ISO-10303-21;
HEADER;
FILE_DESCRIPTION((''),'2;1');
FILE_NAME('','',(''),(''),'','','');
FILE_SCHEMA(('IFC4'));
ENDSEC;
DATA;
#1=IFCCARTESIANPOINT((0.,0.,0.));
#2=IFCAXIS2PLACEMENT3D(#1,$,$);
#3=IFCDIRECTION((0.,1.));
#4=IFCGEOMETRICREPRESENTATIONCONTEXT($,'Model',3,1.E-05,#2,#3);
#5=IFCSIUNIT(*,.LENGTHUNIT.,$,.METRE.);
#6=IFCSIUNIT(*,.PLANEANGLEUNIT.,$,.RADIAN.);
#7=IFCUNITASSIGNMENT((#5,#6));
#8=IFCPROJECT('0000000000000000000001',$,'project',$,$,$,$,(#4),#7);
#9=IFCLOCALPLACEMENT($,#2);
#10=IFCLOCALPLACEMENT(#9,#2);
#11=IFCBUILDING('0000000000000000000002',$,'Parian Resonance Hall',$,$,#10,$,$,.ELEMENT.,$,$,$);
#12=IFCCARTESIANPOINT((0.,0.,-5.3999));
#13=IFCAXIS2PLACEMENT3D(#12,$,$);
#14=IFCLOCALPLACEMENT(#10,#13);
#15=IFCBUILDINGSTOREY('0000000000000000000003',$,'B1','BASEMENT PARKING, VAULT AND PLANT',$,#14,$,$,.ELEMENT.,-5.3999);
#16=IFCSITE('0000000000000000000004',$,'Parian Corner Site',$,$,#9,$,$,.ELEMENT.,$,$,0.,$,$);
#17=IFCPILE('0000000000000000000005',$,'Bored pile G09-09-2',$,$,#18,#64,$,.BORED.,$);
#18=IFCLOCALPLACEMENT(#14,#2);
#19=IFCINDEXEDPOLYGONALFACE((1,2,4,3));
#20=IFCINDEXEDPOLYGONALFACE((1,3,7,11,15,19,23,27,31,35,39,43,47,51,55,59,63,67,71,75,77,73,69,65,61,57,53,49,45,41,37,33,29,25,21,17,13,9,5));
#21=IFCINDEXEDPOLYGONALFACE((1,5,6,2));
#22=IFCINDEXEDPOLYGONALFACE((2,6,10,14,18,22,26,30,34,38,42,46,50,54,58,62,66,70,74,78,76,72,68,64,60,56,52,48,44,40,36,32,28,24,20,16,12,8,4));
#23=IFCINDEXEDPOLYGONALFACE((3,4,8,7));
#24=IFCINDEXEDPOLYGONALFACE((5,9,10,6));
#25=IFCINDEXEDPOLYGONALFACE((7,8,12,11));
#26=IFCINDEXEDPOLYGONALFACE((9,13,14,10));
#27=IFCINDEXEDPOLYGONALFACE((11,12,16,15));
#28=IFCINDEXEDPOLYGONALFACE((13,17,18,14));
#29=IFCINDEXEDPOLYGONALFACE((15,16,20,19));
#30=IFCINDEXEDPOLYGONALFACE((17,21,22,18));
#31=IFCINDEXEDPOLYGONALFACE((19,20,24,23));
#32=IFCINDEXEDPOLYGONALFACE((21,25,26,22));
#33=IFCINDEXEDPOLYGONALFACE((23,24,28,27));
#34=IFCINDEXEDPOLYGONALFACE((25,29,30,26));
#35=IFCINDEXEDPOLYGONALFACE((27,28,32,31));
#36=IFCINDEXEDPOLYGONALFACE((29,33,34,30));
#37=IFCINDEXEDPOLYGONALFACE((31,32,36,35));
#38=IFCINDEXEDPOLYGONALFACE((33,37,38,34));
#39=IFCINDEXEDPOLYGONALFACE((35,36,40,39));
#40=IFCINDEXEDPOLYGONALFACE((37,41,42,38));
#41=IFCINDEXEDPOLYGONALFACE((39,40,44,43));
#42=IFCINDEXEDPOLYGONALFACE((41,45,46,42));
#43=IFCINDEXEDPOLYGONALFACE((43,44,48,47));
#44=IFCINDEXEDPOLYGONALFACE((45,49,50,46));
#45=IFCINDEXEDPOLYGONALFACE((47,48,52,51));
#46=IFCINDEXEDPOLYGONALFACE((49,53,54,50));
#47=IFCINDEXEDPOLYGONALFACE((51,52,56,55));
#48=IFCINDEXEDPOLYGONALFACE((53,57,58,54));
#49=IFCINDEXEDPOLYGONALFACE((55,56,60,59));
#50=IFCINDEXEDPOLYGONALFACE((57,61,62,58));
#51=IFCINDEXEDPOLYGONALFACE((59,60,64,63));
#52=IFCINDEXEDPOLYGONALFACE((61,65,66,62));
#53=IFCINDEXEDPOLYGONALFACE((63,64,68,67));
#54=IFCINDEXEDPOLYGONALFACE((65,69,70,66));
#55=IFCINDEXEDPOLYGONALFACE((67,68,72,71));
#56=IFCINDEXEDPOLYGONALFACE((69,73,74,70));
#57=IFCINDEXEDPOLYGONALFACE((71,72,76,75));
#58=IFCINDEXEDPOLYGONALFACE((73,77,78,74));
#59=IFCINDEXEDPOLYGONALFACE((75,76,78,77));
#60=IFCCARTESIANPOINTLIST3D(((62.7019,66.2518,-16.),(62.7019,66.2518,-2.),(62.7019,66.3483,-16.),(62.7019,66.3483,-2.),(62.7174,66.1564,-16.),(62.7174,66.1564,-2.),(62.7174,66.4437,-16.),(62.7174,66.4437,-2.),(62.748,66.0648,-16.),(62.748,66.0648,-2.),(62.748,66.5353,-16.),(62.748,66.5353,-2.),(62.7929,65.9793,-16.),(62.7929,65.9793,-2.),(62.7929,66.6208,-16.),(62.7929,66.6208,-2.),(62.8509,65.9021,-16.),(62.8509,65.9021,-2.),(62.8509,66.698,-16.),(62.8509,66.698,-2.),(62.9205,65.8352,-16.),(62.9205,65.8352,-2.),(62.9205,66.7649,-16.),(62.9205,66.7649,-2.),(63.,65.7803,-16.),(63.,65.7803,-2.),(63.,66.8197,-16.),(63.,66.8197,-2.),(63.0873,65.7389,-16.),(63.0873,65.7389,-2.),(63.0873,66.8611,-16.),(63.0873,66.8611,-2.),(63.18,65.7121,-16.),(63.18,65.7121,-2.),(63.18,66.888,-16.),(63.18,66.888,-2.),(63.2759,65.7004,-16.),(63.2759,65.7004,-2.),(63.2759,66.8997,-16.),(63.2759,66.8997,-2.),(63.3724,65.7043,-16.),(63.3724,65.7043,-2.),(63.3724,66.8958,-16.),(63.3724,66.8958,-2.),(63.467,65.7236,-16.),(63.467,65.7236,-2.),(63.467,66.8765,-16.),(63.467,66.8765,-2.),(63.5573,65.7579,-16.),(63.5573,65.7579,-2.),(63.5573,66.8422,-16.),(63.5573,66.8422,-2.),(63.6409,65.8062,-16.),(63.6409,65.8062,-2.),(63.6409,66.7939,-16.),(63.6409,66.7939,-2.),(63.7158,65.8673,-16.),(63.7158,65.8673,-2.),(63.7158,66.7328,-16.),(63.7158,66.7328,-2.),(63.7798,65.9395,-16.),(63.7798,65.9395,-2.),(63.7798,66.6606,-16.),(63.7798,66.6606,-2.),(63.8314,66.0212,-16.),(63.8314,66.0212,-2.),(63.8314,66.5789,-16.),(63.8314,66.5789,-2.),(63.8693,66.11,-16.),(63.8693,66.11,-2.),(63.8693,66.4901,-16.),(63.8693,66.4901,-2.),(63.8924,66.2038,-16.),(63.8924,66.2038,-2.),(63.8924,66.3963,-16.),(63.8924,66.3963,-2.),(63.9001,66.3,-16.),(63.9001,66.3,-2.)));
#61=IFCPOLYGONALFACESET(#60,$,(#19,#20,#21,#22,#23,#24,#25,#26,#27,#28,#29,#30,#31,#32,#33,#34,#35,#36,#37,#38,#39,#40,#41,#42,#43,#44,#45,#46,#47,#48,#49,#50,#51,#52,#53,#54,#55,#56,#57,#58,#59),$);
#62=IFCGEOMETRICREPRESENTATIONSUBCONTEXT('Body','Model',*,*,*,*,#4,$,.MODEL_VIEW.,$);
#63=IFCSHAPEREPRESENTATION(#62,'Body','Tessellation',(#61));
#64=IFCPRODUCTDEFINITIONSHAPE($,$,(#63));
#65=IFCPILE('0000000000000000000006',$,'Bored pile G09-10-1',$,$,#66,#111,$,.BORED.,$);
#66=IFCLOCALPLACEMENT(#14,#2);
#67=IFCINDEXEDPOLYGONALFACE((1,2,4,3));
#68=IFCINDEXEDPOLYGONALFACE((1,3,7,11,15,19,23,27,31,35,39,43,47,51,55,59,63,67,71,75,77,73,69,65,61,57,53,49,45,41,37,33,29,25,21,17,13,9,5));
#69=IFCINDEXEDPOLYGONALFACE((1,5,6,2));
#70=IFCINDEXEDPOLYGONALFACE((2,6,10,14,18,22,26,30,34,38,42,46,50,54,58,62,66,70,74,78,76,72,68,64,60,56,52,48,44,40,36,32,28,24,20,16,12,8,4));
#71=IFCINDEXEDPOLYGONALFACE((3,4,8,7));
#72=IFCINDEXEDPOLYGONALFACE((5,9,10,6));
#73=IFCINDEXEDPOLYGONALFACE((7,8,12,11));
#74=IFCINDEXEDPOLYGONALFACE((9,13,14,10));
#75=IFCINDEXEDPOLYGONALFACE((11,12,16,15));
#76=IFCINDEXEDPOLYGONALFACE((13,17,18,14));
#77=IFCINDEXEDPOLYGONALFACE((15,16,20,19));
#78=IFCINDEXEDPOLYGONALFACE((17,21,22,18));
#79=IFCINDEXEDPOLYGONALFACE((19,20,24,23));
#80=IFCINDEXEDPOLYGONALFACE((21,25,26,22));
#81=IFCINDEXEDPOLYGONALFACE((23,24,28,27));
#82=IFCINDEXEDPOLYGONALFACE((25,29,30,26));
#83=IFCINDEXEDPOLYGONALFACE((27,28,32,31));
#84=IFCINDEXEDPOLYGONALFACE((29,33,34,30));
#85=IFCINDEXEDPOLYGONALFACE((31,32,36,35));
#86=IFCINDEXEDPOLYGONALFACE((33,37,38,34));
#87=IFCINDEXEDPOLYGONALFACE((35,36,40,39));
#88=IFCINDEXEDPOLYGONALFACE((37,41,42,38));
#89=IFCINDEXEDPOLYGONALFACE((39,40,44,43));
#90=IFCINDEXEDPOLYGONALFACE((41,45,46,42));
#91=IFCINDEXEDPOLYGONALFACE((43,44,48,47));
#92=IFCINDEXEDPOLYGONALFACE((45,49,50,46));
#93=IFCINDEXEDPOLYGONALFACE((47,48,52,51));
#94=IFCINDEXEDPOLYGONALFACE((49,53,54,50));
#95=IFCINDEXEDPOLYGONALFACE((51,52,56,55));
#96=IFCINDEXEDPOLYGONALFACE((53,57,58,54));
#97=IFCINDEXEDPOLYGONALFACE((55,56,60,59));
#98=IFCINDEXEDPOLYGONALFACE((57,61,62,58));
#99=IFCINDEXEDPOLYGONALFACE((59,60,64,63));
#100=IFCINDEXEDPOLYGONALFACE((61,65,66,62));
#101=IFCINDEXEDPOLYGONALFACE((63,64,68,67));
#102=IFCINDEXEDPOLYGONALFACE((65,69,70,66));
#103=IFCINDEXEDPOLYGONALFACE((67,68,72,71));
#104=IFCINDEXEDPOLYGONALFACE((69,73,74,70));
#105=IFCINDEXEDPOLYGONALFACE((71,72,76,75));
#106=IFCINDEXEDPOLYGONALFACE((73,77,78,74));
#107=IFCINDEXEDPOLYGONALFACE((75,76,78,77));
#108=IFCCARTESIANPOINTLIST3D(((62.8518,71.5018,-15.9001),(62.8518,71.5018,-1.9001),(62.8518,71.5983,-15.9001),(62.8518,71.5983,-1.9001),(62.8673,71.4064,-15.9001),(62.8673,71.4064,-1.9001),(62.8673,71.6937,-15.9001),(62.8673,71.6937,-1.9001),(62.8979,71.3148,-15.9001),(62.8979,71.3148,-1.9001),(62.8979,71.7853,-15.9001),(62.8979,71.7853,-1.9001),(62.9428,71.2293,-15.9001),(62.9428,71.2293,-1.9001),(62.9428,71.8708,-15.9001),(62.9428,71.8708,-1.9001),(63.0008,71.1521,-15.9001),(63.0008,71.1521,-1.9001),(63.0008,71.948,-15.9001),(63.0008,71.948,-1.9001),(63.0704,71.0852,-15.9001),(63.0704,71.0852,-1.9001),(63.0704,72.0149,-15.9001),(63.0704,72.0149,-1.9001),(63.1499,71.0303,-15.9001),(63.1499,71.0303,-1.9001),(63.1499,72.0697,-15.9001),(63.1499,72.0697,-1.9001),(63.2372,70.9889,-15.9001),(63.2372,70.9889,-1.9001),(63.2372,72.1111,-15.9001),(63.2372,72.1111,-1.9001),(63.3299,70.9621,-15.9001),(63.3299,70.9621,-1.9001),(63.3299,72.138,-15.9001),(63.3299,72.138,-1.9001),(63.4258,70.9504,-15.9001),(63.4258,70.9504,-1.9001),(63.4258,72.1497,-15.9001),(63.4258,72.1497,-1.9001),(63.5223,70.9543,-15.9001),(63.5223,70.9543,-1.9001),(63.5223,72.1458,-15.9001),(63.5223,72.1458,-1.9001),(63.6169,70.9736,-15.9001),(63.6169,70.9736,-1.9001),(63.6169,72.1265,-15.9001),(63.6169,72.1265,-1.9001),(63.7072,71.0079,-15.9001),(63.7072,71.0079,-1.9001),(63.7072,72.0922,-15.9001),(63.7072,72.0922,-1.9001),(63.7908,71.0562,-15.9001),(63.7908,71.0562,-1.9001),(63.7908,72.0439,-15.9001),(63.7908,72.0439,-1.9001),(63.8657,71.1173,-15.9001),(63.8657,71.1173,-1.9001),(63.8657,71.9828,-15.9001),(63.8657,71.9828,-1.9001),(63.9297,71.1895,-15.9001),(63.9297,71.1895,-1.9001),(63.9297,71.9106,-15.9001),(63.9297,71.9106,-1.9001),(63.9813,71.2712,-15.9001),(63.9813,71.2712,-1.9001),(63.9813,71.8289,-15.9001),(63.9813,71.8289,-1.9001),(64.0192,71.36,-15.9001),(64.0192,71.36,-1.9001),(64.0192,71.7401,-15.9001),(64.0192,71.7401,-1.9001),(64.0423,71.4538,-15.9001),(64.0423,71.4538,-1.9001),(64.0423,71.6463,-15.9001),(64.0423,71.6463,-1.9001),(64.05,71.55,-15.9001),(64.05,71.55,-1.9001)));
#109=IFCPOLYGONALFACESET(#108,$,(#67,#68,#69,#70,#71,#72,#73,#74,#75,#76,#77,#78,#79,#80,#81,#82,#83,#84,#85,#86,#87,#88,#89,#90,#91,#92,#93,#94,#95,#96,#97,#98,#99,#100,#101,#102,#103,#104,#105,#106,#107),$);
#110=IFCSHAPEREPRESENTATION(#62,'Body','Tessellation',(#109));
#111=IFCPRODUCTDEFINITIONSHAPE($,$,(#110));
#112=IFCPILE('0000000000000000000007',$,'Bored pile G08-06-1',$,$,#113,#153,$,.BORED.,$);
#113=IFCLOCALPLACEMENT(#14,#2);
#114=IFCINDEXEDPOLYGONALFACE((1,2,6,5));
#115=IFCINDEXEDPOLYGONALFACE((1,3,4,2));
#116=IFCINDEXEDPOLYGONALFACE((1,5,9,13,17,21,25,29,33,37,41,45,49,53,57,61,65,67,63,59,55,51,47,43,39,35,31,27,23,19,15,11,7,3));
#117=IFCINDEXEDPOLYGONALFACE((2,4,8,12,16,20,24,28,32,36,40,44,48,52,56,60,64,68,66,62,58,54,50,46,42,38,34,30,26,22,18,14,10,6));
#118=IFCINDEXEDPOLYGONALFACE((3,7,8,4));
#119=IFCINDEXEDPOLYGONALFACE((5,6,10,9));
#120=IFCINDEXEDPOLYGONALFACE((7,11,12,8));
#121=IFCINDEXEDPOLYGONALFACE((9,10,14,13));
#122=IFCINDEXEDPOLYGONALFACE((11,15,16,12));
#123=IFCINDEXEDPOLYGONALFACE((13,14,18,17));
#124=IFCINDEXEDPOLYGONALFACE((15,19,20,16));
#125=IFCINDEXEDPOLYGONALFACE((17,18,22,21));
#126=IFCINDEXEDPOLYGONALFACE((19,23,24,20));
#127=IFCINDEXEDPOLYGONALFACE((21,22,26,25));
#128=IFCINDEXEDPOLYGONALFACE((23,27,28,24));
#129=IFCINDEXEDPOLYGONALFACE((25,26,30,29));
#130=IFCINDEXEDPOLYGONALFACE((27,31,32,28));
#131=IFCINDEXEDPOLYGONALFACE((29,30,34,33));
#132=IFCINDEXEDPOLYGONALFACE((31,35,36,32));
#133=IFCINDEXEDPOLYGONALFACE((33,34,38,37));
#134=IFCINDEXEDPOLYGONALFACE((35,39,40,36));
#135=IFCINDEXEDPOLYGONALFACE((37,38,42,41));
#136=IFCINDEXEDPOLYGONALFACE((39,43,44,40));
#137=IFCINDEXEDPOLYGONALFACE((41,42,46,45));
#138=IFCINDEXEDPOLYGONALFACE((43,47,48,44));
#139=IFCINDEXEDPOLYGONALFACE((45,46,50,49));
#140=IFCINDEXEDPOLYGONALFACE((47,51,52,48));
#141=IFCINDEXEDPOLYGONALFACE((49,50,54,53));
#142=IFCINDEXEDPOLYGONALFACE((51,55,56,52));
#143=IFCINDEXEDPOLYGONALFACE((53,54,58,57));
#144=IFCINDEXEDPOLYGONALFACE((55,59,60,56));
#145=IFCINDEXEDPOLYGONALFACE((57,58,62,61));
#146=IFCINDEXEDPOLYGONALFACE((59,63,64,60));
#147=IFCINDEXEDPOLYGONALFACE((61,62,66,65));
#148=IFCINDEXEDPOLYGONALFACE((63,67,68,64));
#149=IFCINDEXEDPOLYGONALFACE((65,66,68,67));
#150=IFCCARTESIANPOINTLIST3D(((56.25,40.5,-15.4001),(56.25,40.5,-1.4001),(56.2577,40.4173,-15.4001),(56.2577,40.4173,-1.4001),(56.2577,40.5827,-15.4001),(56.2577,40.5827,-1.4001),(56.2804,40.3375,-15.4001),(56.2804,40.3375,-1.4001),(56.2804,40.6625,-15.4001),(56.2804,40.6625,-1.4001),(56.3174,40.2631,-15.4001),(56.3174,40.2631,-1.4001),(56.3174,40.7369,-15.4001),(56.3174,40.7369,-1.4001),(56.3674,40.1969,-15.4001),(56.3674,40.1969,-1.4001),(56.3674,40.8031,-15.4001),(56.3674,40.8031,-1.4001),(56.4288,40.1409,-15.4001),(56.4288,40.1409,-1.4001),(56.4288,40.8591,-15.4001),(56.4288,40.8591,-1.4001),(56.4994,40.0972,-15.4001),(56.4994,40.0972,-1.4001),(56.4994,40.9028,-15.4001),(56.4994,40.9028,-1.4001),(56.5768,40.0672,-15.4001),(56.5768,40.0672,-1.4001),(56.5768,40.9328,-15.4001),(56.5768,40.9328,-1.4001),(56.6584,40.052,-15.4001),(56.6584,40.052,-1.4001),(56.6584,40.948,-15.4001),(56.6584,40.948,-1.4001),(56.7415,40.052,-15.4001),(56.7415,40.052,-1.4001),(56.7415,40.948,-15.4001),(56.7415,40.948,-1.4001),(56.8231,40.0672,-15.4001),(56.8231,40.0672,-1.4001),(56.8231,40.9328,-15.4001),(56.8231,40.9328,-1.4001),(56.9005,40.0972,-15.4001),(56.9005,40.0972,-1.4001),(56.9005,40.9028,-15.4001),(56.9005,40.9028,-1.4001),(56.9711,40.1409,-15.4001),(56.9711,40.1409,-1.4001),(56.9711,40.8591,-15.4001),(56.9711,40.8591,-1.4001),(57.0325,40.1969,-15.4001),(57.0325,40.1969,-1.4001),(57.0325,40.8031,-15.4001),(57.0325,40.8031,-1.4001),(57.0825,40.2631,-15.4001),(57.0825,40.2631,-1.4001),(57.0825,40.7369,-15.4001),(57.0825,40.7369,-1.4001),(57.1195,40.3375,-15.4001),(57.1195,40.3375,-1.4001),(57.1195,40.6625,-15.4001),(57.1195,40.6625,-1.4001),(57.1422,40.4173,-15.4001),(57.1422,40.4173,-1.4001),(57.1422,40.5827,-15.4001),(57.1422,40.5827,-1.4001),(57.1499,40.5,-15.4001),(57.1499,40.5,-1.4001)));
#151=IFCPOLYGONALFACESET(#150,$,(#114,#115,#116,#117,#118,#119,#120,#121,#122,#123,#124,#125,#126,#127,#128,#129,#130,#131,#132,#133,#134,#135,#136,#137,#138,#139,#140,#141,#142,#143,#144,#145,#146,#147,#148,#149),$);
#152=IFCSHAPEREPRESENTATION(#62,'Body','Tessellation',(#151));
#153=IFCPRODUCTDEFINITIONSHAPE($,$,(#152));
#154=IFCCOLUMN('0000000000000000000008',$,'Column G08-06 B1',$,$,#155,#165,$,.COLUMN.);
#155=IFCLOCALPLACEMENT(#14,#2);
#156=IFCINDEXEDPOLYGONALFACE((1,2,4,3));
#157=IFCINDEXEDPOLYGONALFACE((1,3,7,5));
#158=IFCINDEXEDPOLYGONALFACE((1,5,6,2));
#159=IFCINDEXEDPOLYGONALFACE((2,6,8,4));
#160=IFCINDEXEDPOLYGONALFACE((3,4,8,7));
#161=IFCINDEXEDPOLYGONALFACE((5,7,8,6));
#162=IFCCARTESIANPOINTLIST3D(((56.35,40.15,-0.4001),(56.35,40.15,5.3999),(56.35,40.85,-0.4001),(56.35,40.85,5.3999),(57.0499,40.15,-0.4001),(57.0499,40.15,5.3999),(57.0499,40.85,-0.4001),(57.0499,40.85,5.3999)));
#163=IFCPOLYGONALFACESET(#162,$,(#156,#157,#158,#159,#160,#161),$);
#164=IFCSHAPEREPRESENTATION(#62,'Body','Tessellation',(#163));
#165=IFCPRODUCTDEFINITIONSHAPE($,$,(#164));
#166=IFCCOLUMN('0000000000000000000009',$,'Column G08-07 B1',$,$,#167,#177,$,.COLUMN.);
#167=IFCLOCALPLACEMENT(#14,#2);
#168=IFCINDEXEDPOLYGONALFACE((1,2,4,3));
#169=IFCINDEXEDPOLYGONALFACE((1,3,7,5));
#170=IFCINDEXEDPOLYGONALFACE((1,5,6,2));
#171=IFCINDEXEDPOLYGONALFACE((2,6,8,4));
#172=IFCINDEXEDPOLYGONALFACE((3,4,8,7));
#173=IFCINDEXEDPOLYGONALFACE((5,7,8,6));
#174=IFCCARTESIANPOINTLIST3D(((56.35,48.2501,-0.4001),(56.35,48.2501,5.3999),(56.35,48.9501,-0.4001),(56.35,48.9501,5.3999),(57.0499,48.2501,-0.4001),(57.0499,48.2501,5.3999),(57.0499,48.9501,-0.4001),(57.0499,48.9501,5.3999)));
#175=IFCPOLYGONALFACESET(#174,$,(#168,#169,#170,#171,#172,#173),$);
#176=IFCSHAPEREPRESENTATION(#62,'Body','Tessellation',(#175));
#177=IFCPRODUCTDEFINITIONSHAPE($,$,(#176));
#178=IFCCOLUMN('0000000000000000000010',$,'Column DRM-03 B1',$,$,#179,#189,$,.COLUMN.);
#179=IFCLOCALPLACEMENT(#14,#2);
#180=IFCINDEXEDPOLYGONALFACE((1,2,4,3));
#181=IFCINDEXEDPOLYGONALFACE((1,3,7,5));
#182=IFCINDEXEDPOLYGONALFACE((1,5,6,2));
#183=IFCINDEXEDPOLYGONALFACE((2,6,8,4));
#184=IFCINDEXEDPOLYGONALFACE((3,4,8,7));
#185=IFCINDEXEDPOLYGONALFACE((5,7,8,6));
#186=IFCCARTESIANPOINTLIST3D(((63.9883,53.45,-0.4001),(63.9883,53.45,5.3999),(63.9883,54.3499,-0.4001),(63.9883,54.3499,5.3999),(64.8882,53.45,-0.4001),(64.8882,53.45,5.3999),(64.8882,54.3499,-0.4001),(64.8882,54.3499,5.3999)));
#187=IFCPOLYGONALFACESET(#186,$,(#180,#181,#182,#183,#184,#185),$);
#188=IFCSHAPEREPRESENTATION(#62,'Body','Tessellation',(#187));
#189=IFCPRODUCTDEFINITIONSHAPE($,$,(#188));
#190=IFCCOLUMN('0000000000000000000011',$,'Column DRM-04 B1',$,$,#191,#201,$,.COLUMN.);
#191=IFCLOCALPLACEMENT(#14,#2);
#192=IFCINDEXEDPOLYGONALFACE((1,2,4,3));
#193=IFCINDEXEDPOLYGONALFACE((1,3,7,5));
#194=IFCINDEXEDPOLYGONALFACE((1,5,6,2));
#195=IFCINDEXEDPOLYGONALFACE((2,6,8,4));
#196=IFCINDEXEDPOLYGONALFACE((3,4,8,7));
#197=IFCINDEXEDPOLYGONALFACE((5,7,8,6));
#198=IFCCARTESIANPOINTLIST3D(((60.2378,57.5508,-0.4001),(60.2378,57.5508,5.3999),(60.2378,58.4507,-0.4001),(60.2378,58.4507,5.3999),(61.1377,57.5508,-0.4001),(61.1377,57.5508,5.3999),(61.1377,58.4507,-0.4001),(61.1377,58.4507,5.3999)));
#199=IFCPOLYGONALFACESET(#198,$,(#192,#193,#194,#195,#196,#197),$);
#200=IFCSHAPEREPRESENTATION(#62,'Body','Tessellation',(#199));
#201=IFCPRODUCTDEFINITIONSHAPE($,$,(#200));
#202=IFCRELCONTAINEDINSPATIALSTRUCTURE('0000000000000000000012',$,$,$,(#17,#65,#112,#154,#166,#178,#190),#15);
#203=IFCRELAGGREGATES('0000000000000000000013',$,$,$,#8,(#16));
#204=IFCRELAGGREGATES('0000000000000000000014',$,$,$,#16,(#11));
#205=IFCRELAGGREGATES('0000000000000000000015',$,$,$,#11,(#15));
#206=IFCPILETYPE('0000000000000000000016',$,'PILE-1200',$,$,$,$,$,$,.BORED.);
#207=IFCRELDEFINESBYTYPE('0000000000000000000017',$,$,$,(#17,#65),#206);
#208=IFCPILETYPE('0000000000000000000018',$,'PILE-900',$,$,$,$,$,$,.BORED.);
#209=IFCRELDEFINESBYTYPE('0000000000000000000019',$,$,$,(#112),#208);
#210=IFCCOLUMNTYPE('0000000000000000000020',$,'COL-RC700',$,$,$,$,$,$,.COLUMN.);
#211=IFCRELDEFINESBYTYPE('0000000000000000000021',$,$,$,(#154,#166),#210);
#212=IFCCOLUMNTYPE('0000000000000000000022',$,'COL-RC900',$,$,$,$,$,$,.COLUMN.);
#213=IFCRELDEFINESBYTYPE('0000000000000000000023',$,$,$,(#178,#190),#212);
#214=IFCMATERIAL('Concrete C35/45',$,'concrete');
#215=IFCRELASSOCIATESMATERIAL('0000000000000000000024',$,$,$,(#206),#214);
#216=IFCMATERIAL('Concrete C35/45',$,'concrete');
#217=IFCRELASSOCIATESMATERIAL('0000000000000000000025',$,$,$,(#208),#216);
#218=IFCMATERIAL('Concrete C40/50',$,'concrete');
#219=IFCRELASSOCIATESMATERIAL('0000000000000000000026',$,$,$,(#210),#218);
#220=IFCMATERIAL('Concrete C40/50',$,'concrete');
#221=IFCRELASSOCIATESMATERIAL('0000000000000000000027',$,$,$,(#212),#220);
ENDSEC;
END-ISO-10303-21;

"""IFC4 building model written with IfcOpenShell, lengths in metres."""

from ifc_helpers import new_model, si_unit, direction, frame, origin, origin_2d, place, context, subcontext, project, spatial, rectangle, circle, extrude, material, material_profile, profile_set, type_object, element, save


model = new_model("IFC4")

# Units and contexts
model_context = context("Model", 3, precision=1e-05, world=origin(), true_north=direction((0.0, 1.0)))
body_context = subcontext(model_context, "Body", "Model", "MODEL_VIEW")
ifc_project = project(units=[si_unit("LENGTHUNIT", "METRE"), si_unit("PLANEANGLEUNIT", "RADIAN")], contexts=[model_context])

# Site, building, storey
site_placement = place(None, origin())
site = spatial("IfcSite", under=ifc_project, at=site_placement, Name="Parian Corner Site", CompositionType="ELEMENT", RefElevation=0.0)
building_placement = place(site_placement, origin())
building = spatial("IfcBuilding", under=site, at=building_placement, Name="Parian Resonance Hall", CompositionType="ELEMENT")
storey_placement = place(building_placement, frame((0.0, 0.0, -5.3999)))
storey = spatial("IfcBuildingStorey", under=building, at=storey_placement, Name="B1", Description="BASEMENT PARKING, VAULT AND PLANT", CompositionType="ELEMENT", Elevation=-5.3999)

# Piles
ifc_material_1 = material(Name="Concrete C35/45", Category="concrete")
ifc_material_profile_1 = material_profile(ifc_material_1, circle(Radius=0.6001, at=origin_2d()), Name="PILE-D1200")
ifc_profile_set_1 = profile_set([ifc_material_profile_1], Name="Concrete C35/45")
pile_type_1 = type_object("IfcPileType", Name="PILE-1200", PredefinedType="BORED", material=ifc_profile_set_1)
for number, where, z_axis, x_axis, name in (
    (1, (63.3, 66.3, -2.0), (0.0, 0.0, -1.0), (1.0, 0.0, 0.0), "Bored pile G09-09-2"),
    (2, (63.45, 71.55, -1.9001), (0.0, 0.0, -1.0), (1.0, 0.0, 0.0), "Bored pile G09-10-1"),
):
    element("IfcPile", number, at=place(storey_placement, frame(where, z_axis=z_axis, x_axis=x_axis)), inside=storey, type_object=pile_type_1, Name=name, PredefinedType="BORED", context=body_context, shape_type="SweptSolid", body=[
        extrude(circle(Radius=0.6001, at=origin_2d()), origin(), (0.0, 0.0, 1.0), 14.0),
    ])
ifc_material_2 = material(Name="Concrete C35/45", Category="concrete")
ifc_material_profile_2 = material_profile(ifc_material_2, circle(Radius=0.45, at=origin_2d()), Name="PILE-D900")
ifc_profile_set_2 = profile_set([ifc_material_profile_2], Name="Concrete C35/45")
pile_type_2 = type_object("IfcPileType", Name="PILE-900", PredefinedType="BORED", material=ifc_profile_set_2)
pile_placement = place(storey_placement, frame((56.7, 40.5, -1.4001), z_axis=(0.0, 0.0, -1.0), x_axis=(1.0, 0.0, 0.0)))
element("IfcPile", 3, at=pile_placement, inside=storey, type_object=pile_type_2, Name="Bored pile G08-06-1", PredefinedType="BORED", context=body_context, shape_type="SweptSolid", body=[
    extrude(circle(Radius=0.45, at=origin_2d()), origin(), (0.0, 0.0, 1.0), 14.0),
])

# Columns
ifc_material_3 = material(Name="Concrete C40/50", Category="concrete")
ifc_material_profile_3 = material_profile(ifc_material_3, rectangle(XDim=0.7, YDim=0.7, at=origin_2d()), Name="RC-COL-700x700")
ifc_profile_set_3 = profile_set([ifc_material_profile_3], Name="Concrete C40/50")
column_type_1 = type_object("IfcColumnType", Name="COL-RC700", PredefinedType="COLUMN", material=ifc_profile_set_3)
for number, where, z_axis, x_axis, name in (
    (4, (56.7, 40.5, -0.4001), (0.0, 0.0, 1.0), (1.0, 0.0, 0.0), "Column G08-06 B1"),
    (5, (56.7, 48.6001, -0.4001), (0.0, 0.0, 1.0), (1.0, 0.0, 0.0), "Column G08-07 B1"),
):
    element("IfcColumn", number, at=place(storey_placement, frame(where, z_axis=z_axis, x_axis=x_axis)), inside=storey, type_object=column_type_1, Name=name, PredefinedType="COLUMN", context=body_context, shape_type="SweptSolid", body=[
        extrude(rectangle(XDim=0.7, YDim=0.7, at=origin_2d()), origin(), (0.0, 0.0, 1.0), 5.8),
    ])
ifc_material_4 = material(Name="Concrete C40/50", Category="concrete")
ifc_material_profile_4 = material_profile(ifc_material_4, rectangle(XDim=0.8999, YDim=0.8999, at=origin_2d()), Name="RC-COL-900x900")
ifc_profile_set_4 = profile_set([ifc_material_profile_4], Name="Concrete C40/50")
column_type_2 = type_object("IfcColumnType", Name="COL-RC900", PredefinedType="COLUMN", material=ifc_profile_set_4)
for number, where, z_axis, x_axis, name in (
    (6, (64.4382, 53.8999, -0.4001), (0.0, 0.0, 1.0), (1.0, 0.0, 0.0), "Column DRM-03 B1"),
    (7, (60.6877, 58.0007, -0.4001), (0.0, 0.0, 1.0), (1.0, 0.0, 0.0), "Column DRM-04 B1"),
):
    element("IfcColumn", number, at=place(storey_placement, frame(where, z_axis=z_axis, x_axis=x_axis)), inside=storey, type_object=column_type_2, Name=name, PredefinedType="COLUMN", context=body_context, shape_type="SweptSolid", body=[
        extrude(rectangle(XDim=0.8999, YDim=0.8999, at=origin_2d()), origin(), (0.0, 0.0, 1.0), 5.8),
    ])

save(model, "model.ifc")
